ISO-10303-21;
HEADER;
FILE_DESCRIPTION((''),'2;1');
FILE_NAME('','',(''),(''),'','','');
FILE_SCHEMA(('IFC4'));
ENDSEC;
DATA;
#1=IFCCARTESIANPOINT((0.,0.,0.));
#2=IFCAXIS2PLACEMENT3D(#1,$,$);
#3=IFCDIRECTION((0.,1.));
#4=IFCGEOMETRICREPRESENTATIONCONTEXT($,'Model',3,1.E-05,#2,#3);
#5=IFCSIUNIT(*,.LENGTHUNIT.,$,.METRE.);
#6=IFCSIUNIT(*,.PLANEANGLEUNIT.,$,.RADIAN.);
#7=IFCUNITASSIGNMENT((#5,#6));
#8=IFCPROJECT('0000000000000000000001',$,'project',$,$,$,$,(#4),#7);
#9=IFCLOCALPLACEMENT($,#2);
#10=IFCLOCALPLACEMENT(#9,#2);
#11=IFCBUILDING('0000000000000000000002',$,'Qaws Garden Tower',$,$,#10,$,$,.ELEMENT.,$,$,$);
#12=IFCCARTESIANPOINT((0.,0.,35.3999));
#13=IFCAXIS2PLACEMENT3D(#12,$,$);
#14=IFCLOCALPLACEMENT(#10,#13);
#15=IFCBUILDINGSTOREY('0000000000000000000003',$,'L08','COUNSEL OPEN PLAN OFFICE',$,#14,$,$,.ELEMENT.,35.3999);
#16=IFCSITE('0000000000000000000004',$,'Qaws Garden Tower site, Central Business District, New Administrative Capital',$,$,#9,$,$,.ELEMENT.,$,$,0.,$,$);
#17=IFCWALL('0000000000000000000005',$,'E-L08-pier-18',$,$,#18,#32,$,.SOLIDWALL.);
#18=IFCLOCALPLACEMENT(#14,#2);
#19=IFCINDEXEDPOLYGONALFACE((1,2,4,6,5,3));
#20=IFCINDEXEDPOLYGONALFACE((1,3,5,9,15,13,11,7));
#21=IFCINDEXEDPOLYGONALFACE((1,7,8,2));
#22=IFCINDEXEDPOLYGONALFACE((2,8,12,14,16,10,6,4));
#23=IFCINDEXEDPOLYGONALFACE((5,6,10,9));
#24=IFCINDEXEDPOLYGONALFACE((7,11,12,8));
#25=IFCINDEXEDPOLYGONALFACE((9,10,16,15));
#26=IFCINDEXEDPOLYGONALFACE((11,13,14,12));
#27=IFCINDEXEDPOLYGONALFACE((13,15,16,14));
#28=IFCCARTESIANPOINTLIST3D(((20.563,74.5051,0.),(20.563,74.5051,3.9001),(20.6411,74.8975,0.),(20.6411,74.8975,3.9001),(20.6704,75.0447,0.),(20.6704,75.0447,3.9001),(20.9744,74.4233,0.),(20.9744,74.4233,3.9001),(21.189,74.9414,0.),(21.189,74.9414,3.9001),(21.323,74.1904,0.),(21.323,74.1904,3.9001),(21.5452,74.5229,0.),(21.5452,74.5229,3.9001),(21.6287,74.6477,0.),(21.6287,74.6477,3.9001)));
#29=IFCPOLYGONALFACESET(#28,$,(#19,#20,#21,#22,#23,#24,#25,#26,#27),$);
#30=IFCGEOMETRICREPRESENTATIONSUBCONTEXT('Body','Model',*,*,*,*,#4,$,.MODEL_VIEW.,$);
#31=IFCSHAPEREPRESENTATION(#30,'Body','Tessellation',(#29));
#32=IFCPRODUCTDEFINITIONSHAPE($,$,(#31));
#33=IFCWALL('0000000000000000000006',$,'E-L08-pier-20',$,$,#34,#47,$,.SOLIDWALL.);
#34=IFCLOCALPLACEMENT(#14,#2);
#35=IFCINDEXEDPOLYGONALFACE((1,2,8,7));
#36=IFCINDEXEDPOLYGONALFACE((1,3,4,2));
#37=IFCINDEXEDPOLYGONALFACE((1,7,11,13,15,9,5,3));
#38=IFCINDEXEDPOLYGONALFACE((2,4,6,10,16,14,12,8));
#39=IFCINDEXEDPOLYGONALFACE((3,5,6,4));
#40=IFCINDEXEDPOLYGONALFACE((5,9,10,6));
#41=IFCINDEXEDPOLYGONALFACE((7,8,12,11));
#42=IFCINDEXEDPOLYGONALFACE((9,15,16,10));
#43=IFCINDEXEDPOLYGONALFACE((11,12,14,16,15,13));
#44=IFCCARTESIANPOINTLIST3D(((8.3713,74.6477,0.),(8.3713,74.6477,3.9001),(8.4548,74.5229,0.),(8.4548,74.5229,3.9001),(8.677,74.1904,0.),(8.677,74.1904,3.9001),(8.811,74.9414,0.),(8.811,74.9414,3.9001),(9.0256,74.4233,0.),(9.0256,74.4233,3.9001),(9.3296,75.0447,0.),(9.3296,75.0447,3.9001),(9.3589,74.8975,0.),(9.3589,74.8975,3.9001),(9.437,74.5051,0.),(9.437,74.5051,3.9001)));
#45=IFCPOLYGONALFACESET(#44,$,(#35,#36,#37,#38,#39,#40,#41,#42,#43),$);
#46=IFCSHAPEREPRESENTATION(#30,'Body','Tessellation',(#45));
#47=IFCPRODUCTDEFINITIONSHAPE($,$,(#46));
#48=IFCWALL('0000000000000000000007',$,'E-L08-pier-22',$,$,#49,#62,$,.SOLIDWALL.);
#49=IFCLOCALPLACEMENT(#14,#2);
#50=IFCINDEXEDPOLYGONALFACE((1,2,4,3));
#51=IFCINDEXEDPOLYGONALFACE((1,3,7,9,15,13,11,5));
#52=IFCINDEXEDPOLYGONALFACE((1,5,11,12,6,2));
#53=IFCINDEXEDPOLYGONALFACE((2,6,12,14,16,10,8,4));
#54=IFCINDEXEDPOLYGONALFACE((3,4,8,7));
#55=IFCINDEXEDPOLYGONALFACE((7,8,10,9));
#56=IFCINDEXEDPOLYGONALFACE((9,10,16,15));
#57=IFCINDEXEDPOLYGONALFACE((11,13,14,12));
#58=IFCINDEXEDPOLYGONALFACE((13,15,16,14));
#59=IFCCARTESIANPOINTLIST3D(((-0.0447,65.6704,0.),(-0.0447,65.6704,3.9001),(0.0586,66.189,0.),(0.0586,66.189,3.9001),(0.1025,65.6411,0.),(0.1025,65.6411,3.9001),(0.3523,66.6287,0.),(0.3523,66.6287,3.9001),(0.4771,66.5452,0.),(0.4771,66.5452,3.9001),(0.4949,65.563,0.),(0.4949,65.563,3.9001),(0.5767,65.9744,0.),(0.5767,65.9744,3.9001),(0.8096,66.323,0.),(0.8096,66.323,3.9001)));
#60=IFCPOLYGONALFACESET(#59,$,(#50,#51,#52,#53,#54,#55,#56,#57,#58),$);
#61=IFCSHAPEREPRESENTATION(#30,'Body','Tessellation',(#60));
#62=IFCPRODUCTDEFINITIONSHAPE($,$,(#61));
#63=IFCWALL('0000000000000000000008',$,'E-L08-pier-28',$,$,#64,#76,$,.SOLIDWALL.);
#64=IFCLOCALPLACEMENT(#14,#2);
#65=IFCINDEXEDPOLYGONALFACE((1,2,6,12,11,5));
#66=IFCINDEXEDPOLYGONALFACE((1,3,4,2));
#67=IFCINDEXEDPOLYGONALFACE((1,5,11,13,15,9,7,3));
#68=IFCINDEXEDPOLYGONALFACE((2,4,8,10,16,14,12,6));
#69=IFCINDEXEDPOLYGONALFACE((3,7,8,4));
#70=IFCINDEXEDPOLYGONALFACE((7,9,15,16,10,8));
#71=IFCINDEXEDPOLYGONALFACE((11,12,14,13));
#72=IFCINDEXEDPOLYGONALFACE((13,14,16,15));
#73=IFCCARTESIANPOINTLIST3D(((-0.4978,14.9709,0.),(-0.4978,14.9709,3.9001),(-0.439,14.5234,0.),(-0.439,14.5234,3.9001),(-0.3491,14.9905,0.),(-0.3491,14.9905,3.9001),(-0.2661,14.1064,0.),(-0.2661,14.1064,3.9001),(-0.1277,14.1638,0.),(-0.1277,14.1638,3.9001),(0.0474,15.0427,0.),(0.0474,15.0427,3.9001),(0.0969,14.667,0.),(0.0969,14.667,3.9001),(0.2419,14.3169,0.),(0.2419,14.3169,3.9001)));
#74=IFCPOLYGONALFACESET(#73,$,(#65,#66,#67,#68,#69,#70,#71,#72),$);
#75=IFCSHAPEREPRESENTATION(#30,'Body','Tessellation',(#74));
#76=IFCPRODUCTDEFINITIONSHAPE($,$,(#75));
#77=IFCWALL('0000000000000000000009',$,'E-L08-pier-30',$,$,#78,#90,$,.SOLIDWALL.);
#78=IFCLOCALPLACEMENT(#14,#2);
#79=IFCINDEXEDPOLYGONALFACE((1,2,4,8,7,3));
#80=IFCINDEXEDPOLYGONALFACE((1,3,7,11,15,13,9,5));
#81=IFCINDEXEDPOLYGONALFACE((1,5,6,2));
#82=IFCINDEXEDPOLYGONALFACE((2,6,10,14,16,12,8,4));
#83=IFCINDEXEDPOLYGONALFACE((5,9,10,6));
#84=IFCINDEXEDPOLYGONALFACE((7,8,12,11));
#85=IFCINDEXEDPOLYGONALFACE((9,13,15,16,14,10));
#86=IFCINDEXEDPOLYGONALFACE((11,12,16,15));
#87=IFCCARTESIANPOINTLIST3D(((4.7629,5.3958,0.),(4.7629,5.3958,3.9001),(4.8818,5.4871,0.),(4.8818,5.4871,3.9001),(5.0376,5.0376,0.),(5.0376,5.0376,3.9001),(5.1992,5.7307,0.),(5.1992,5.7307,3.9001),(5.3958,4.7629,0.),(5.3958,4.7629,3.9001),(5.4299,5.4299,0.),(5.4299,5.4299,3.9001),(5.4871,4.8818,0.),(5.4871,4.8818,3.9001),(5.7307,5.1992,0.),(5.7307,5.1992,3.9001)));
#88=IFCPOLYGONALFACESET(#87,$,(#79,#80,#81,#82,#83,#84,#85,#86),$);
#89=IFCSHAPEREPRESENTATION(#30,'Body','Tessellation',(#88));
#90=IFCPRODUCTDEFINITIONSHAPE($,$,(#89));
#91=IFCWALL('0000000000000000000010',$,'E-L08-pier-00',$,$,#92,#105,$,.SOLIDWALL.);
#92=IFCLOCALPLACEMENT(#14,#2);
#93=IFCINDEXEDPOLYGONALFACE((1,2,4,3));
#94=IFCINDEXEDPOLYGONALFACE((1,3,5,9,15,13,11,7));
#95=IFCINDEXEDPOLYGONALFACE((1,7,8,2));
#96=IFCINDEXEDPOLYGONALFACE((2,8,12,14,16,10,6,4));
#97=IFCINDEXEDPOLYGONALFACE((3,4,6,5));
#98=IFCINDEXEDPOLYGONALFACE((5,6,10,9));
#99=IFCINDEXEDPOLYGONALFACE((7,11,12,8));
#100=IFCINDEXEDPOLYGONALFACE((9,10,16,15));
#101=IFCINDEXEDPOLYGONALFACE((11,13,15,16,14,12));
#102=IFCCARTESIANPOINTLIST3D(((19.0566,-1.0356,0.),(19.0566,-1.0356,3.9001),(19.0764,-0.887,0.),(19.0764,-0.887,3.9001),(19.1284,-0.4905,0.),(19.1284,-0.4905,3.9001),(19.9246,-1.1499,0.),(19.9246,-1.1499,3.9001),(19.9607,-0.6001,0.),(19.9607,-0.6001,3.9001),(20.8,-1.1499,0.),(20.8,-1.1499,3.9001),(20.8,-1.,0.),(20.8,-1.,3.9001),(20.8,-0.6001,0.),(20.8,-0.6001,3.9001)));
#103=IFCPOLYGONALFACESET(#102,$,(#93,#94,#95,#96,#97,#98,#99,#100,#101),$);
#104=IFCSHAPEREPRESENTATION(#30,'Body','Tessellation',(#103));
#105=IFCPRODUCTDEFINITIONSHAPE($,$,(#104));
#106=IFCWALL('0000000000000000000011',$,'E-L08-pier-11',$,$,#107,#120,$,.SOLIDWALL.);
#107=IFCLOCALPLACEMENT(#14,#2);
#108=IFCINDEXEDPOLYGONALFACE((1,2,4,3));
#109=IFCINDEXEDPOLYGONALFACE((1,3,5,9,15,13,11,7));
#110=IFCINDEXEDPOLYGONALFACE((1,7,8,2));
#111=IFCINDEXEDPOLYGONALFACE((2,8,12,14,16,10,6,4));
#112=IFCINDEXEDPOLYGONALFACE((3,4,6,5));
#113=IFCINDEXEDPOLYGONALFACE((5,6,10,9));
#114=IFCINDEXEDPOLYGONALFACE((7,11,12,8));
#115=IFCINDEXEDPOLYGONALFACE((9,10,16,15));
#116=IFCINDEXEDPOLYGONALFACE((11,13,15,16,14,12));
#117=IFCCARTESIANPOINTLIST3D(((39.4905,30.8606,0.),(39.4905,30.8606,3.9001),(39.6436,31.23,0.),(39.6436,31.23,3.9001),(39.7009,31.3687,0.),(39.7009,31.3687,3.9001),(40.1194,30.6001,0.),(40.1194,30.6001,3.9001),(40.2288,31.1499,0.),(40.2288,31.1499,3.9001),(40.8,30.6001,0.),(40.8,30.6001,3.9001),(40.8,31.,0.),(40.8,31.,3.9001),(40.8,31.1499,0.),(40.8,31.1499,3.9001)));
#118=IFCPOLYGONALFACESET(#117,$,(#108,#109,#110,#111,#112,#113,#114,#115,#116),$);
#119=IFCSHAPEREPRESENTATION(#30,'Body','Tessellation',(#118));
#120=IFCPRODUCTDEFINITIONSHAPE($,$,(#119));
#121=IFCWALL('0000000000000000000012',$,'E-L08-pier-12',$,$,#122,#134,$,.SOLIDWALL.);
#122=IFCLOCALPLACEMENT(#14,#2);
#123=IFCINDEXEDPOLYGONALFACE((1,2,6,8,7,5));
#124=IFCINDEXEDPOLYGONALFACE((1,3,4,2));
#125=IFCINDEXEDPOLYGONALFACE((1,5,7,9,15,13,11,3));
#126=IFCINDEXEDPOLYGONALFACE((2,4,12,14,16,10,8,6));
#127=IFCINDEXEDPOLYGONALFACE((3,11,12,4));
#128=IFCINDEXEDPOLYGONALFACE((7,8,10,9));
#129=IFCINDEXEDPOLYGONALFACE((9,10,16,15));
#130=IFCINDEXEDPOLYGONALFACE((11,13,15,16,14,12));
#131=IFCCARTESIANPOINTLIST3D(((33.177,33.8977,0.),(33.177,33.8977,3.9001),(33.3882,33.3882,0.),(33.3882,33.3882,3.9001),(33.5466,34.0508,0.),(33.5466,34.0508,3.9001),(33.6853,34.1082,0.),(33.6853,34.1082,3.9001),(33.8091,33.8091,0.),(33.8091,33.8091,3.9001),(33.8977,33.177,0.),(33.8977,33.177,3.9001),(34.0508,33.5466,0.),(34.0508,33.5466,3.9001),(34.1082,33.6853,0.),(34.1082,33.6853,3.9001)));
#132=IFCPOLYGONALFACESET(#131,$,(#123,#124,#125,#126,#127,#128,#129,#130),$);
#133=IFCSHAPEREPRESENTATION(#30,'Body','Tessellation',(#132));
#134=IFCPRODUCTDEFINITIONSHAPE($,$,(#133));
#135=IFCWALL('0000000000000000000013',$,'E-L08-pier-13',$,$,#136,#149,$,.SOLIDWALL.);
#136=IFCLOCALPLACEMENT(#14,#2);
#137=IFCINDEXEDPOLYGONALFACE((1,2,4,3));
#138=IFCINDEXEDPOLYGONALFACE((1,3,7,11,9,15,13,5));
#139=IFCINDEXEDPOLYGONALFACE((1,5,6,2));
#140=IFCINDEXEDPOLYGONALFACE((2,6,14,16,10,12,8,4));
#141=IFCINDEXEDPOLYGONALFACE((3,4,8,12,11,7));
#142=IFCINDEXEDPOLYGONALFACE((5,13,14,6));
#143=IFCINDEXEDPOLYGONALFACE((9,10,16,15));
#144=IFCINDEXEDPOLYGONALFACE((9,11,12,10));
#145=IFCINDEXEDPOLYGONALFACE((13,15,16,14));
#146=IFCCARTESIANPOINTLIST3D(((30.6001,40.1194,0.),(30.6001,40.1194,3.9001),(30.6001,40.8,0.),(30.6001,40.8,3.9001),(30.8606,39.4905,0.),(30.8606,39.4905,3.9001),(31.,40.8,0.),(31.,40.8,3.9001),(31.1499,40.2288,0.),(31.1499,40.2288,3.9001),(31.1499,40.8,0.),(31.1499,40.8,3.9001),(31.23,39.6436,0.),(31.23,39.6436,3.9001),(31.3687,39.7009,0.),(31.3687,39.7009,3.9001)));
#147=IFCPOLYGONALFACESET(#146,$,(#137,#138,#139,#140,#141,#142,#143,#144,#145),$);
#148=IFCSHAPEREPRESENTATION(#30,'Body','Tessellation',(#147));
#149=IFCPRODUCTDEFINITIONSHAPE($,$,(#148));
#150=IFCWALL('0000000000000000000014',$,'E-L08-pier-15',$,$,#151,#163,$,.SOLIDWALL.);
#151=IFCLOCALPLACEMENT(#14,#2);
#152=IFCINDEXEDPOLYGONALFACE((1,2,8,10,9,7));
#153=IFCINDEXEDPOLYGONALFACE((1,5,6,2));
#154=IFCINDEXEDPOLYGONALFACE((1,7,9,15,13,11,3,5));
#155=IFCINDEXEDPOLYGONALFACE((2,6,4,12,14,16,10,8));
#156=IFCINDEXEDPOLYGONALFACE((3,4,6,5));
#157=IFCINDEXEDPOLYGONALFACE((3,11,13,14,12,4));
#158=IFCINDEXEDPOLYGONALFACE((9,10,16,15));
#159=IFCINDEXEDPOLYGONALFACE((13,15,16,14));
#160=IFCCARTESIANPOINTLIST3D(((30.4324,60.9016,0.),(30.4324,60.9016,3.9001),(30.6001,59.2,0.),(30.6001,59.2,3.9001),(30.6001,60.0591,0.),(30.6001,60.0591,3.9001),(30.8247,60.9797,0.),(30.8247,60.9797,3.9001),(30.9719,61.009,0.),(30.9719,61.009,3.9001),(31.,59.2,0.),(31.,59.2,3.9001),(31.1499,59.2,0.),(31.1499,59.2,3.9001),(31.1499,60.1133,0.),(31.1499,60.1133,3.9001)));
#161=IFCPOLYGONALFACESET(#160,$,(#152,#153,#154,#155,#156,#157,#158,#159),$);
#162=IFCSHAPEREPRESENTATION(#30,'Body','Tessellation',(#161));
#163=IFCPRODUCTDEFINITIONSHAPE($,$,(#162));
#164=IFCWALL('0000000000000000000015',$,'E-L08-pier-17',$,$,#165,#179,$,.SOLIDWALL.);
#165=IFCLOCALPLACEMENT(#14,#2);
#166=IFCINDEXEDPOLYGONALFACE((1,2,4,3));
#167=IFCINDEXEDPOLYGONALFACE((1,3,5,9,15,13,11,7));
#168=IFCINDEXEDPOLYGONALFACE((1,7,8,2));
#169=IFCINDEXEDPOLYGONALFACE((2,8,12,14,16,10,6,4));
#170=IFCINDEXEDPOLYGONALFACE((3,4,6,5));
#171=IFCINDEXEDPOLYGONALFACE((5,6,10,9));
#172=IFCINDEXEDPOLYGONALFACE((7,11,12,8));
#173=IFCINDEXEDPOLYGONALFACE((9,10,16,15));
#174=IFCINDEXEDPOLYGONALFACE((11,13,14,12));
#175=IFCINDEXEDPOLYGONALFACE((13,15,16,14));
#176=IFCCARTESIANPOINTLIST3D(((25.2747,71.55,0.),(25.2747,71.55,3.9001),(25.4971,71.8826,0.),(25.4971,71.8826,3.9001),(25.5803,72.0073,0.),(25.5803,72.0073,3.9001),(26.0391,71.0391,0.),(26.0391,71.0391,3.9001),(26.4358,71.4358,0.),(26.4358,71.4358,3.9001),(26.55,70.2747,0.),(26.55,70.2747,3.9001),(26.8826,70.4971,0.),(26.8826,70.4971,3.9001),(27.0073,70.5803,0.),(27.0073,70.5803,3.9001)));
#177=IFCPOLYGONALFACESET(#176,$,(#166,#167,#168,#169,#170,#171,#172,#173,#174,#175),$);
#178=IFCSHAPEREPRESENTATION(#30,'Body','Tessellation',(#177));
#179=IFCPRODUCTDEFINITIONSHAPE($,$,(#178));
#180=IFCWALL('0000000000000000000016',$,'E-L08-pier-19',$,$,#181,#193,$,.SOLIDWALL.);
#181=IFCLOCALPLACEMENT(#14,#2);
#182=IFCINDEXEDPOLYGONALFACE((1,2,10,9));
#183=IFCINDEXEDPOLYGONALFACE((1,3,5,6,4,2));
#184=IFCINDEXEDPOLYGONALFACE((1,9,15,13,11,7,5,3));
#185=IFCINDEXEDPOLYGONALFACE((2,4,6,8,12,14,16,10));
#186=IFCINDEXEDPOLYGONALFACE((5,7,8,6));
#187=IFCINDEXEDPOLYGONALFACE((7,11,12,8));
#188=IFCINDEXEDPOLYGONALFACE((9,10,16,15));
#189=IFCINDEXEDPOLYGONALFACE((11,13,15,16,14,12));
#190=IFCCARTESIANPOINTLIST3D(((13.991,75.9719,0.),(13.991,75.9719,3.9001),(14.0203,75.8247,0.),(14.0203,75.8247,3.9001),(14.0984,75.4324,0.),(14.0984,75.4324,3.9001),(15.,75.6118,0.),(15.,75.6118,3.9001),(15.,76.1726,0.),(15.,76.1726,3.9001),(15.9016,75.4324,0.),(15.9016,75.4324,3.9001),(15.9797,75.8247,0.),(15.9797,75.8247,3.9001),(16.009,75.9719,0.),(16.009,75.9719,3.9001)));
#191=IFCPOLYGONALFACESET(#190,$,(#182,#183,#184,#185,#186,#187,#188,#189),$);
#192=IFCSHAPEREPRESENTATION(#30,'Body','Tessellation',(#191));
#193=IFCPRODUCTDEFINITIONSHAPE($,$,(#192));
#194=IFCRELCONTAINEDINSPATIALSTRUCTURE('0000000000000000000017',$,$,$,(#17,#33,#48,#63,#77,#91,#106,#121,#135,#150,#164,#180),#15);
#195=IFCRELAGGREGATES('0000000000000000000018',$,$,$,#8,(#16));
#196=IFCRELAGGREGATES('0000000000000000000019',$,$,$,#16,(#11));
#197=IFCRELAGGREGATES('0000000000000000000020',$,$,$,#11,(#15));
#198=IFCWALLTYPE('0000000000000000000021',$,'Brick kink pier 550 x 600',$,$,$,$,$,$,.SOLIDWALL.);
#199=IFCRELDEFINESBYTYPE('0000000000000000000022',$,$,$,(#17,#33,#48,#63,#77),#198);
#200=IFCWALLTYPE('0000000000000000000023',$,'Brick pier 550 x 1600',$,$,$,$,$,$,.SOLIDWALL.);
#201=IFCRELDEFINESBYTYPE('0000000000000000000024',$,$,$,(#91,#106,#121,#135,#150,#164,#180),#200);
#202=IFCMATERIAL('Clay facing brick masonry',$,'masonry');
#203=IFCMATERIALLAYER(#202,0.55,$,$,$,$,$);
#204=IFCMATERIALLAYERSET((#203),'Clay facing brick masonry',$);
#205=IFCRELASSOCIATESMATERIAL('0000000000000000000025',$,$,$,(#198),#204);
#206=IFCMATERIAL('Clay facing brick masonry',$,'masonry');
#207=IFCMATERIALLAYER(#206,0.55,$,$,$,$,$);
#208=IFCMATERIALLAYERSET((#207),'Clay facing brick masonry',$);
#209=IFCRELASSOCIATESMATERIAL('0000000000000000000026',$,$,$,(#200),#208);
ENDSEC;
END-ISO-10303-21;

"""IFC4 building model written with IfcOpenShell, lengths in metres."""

from ifc_helpers import new_model, si_unit, direction, frame, origin, place, context, subcontext, project, spatial, polyline, outline, extrude, material, layer, layer_set, type_object, element, save


model = new_model("IFC4")

# Units and contexts
model_context = context("Model", 3, precision=1e-05, world=origin(), true_north=direction((0.0, 1.0)))
body_context = subcontext(model_context, "Body", "Model", "MODEL_VIEW")
ifc_project = project(units=[si_unit("LENGTHUNIT", "METRE"), si_unit("PLANEANGLEUNIT", "RADIAN")], contexts=[model_context])

# Site, building, storey
site_placement = place(None, origin())
site = spatial("IfcSite", under=ifc_project, at=site_placement, Name="Qaws Garden Tower site, Central Business District, New Administrative Capital", CompositionType="ELEMENT", RefElevation=0.0)
building_placement = place(site_placement, origin())
building = spatial("IfcBuilding", under=site, at=building_placement, Name="Qaws Garden Tower", CompositionType="ELEMENT")
storey_placement = place(building_placement, frame((0.0, 0.0, 35.3999)))
storey = spatial("IfcBuildingStorey", under=building, at=storey_placement, Name="L08", Description="COUNSEL OPEN PLAN OFFICE", CompositionType="ELEMENT", Elevation=35.3999)

# Walls
placement = place(storey_placement, origin())
ifc_material_1 = material(Name="Clay facing brick masonry", Category="masonry")
ifc_layer_1 = layer(ifc_material_1, 0.55)
ifc_layer_set_1 = layer_set([ifc_layer_1], Name="Clay facing brick masonry")
wall_type_1 = type_object("IfcWallType", Name="Brick kink pier 550 x 600", PredefinedType="SOLIDWALL", material=ifc_layer_set_1)
element("IfcWall", 1, at=placement, inside=storey, type_object=wall_type_1, Name="E-L08-pier-18", PredefinedType="SOLIDWALL", context=body_context, shape_type="SweptSolid", body=[
    extrude(outline(polyline([(21.5452, 74.5229), (21.6287, 74.6477), (21.189, 74.9414), (20.6704, 75.0447), (20.6411, 74.8975), (20.563, 74.5051), (20.9744, 74.4233), (21.323, 74.1904), (21.5452, 74.5229)])), origin(), (0.0, 0.0, 1.0), 3.9001),
])
element("IfcWall", 2, at=placement, inside=storey, type_object=wall_type_1, Name="E-L08-pier-20", PredefinedType="SOLIDWALL", context=body_context, shape_type="SweptSolid", body=[
    extrude(outline(polyline([(9.3589, 74.8975), (9.3296, 75.0447), (8.811, 74.9414), (8.3713, 74.6477), (8.4548, 74.5229), (8.677, 74.1904), (9.0256, 74.4233), (9.437, 74.5051), (9.3589, 74.8975)])), origin(), (0.0, 0.0, 1.0), 3.9001),
])
element("IfcWall", 3, at=placement, inside=storey, type_object=wall_type_1, Name="E-L08-pier-22", PredefinedType="SOLIDWALL", context=body_context, shape_type="SweptSolid", body=[
    extrude(outline(polyline([(0.4771, 66.5452), (0.3523, 66.6287), (0.0586, 66.189), (-0.0447, 65.6704), (0.1025, 65.6411), (0.4949, 65.563), (0.5767, 65.9744), (0.8096, 66.323), (0.4771, 66.5452)])), origin(), (0.0, 0.0, 1.0), 3.9001),
])
element("IfcWall", 4, at=placement, inside=storey, type_object=wall_type_1, Name="E-L08-pier-28", PredefinedType="SOLIDWALL", context=body_context, shape_type="SweptSolid", body=[
    extrude(outline(polyline([(-0.3491, 14.9905), (-0.4978, 14.9709), (-0.439, 14.5234), (-0.2661, 14.1064), (-0.1277, 14.1638), (0.2419, 14.3169), (0.0969, 14.667), (0.0474, 15.0427), (-0.3491, 14.9905)])), origin(), (0.0, 0.0, 1.0), 3.9001),
])
element("IfcWall", 5, at=placement, inside=storey, type_object=wall_type_1, Name="E-L08-pier-30", PredefinedType="SOLIDWALL", context=body_context, shape_type="SweptSolid", body=[
    extrude(outline(polyline([(4.8818, 5.4871), (4.7629, 5.3958), (5.0376, 5.0376), (5.3958, 4.7629), (5.4871, 4.8818), (5.7307, 5.1992), (5.4299, 5.4299), (5.1992, 5.7307), (4.8818, 5.4871)])), origin(), (0.0, 0.0, 1.0), 3.9001),
])
ifc_material_2 = material(Name="Clay facing brick masonry", Category="masonry")
ifc_layer_2 = layer(ifc_material_2, 0.55)
ifc_layer_set_2 = layer_set([ifc_layer_2], Name="Clay facing brick masonry")
wall_type_2 = type_object("IfcWallType", Name="Brick pier 550 x 1600", PredefinedType="SOLIDWALL", material=ifc_layer_set_2)
element("IfcWall", 6, at=placement, inside=storey, type_object=wall_type_2, Name="E-L08-pier-00", PredefinedType="SOLIDWALL", context=body_context, shape_type="SweptSolid", body=[
    extrude(outline(polyline([(19.0764, -0.887), (19.0566, -1.0356), (19.9246, -1.1499), (20.8, -1.1499), (20.8, -1.0), (20.8, -0.6001), (19.9607, -0.6001), (19.1284, -0.4905), (19.0764, -0.887)])), origin(), (0.0, 0.0, 1.0), 3.9001),
])
element("IfcWall", 7, at=placement, inside=storey, type_object=wall_type_2, Name="E-L08-pier-11", PredefinedType="SOLIDWALL", context=body_context, shape_type="SweptSolid", body=[
    extrude(outline(polyline([(40.8, 31.0), (40.8, 31.1499), (40.2288, 31.1499), (39.7009, 31.3687), (39.6436, 31.23), (39.4905, 30.8606), (40.1194, 30.6001), (40.8, 30.6001), (40.8, 31.0)])), origin(), (0.0, 0.0, 1.0), 3.9001),
])
element("IfcWall", 8, at=placement, inside=storey, type_object=wall_type_2, Name="E-L08-pier-12", PredefinedType="SOLIDWALL", context=body_context, shape_type="SweptSolid", body=[
    extrude(outline(polyline([(34.0508, 33.5466), (34.1082, 33.6853), (33.8091, 33.8091), (33.6853, 34.1082), (33.5466, 34.0508), (33.177, 33.8977), (33.3882, 33.3882), (33.8977, 33.177), (34.0508, 33.5466)])), origin(), (0.0, 0.0, 1.0), 3.9001),
])
element("IfcWall", 9, at=placement, inside=storey, type_object=wall_type_2, Name="E-L08-pier-13", PredefinedType="SOLIDWALL", context=body_context, shape_type="SweptSolid", body=[
    extrude(outline(polyline([(31.23, 39.6436), (31.3687, 39.7009), (31.1499, 40.2288), (31.1499, 40.8), (31.0, 40.8), (30.6001, 40.8), (30.6001, 40.1194), (30.8606, 39.4905), (31.23, 39.6436)])), origin(), (0.0, 0.0, 1.0), 3.9001),
])
element("IfcWall", 10, at=placement, inside=storey, type_object=wall_type_2, Name="E-L08-pier-15", PredefinedType="SOLIDWALL", context=body_context, shape_type="SweptSolid", body=[
    extrude(outline(polyline([(31.0, 59.2), (31.1499, 59.2), (31.1499, 60.1133), (30.9719, 61.009), (30.8247, 60.9797), (30.4324, 60.9016), (30.6001, 60.0591), (30.6001, 59.2), (31.0, 59.2)])), origin(), (0.0, 0.0, 1.0), 3.9001),
])
element("IfcWall", 11, at=placement, inside=storey, type_object=wall_type_2, Name="E-L08-pier-17", PredefinedType="SOLIDWALL", context=body_context, shape_type="SweptSolid", body=[
    extrude(outline(polyline([(26.8826, 70.4971), (27.0073, 70.5803), (26.4358, 71.4358), (25.5803, 72.0073), (25.4971, 71.8826), (25.2747, 71.55), (26.0391, 71.0391), (26.55, 70.2747), (26.8826, 70.4971)])), origin(), (0.0, 0.0, 1.0), 3.9001),
])
element("IfcWall", 12, at=placement, inside=storey, type_object=wall_type_2, Name="E-L08-pier-19", PredefinedType="SOLIDWALL", context=body_context, shape_type="SweptSolid", body=[
    extrude(outline(polyline([(15.9797, 75.8247), (16.009, 75.9719), (15.0, 76.1726), (13.991, 75.9719), (14.0203, 75.8247), (14.0984, 75.4324), (15.0, 75.6118), (15.9016, 75.4324), (15.9797, 75.8247)])), origin(), (0.0, 0.0, 1.0), 3.9001),
])

save(model, "model.ifc")
